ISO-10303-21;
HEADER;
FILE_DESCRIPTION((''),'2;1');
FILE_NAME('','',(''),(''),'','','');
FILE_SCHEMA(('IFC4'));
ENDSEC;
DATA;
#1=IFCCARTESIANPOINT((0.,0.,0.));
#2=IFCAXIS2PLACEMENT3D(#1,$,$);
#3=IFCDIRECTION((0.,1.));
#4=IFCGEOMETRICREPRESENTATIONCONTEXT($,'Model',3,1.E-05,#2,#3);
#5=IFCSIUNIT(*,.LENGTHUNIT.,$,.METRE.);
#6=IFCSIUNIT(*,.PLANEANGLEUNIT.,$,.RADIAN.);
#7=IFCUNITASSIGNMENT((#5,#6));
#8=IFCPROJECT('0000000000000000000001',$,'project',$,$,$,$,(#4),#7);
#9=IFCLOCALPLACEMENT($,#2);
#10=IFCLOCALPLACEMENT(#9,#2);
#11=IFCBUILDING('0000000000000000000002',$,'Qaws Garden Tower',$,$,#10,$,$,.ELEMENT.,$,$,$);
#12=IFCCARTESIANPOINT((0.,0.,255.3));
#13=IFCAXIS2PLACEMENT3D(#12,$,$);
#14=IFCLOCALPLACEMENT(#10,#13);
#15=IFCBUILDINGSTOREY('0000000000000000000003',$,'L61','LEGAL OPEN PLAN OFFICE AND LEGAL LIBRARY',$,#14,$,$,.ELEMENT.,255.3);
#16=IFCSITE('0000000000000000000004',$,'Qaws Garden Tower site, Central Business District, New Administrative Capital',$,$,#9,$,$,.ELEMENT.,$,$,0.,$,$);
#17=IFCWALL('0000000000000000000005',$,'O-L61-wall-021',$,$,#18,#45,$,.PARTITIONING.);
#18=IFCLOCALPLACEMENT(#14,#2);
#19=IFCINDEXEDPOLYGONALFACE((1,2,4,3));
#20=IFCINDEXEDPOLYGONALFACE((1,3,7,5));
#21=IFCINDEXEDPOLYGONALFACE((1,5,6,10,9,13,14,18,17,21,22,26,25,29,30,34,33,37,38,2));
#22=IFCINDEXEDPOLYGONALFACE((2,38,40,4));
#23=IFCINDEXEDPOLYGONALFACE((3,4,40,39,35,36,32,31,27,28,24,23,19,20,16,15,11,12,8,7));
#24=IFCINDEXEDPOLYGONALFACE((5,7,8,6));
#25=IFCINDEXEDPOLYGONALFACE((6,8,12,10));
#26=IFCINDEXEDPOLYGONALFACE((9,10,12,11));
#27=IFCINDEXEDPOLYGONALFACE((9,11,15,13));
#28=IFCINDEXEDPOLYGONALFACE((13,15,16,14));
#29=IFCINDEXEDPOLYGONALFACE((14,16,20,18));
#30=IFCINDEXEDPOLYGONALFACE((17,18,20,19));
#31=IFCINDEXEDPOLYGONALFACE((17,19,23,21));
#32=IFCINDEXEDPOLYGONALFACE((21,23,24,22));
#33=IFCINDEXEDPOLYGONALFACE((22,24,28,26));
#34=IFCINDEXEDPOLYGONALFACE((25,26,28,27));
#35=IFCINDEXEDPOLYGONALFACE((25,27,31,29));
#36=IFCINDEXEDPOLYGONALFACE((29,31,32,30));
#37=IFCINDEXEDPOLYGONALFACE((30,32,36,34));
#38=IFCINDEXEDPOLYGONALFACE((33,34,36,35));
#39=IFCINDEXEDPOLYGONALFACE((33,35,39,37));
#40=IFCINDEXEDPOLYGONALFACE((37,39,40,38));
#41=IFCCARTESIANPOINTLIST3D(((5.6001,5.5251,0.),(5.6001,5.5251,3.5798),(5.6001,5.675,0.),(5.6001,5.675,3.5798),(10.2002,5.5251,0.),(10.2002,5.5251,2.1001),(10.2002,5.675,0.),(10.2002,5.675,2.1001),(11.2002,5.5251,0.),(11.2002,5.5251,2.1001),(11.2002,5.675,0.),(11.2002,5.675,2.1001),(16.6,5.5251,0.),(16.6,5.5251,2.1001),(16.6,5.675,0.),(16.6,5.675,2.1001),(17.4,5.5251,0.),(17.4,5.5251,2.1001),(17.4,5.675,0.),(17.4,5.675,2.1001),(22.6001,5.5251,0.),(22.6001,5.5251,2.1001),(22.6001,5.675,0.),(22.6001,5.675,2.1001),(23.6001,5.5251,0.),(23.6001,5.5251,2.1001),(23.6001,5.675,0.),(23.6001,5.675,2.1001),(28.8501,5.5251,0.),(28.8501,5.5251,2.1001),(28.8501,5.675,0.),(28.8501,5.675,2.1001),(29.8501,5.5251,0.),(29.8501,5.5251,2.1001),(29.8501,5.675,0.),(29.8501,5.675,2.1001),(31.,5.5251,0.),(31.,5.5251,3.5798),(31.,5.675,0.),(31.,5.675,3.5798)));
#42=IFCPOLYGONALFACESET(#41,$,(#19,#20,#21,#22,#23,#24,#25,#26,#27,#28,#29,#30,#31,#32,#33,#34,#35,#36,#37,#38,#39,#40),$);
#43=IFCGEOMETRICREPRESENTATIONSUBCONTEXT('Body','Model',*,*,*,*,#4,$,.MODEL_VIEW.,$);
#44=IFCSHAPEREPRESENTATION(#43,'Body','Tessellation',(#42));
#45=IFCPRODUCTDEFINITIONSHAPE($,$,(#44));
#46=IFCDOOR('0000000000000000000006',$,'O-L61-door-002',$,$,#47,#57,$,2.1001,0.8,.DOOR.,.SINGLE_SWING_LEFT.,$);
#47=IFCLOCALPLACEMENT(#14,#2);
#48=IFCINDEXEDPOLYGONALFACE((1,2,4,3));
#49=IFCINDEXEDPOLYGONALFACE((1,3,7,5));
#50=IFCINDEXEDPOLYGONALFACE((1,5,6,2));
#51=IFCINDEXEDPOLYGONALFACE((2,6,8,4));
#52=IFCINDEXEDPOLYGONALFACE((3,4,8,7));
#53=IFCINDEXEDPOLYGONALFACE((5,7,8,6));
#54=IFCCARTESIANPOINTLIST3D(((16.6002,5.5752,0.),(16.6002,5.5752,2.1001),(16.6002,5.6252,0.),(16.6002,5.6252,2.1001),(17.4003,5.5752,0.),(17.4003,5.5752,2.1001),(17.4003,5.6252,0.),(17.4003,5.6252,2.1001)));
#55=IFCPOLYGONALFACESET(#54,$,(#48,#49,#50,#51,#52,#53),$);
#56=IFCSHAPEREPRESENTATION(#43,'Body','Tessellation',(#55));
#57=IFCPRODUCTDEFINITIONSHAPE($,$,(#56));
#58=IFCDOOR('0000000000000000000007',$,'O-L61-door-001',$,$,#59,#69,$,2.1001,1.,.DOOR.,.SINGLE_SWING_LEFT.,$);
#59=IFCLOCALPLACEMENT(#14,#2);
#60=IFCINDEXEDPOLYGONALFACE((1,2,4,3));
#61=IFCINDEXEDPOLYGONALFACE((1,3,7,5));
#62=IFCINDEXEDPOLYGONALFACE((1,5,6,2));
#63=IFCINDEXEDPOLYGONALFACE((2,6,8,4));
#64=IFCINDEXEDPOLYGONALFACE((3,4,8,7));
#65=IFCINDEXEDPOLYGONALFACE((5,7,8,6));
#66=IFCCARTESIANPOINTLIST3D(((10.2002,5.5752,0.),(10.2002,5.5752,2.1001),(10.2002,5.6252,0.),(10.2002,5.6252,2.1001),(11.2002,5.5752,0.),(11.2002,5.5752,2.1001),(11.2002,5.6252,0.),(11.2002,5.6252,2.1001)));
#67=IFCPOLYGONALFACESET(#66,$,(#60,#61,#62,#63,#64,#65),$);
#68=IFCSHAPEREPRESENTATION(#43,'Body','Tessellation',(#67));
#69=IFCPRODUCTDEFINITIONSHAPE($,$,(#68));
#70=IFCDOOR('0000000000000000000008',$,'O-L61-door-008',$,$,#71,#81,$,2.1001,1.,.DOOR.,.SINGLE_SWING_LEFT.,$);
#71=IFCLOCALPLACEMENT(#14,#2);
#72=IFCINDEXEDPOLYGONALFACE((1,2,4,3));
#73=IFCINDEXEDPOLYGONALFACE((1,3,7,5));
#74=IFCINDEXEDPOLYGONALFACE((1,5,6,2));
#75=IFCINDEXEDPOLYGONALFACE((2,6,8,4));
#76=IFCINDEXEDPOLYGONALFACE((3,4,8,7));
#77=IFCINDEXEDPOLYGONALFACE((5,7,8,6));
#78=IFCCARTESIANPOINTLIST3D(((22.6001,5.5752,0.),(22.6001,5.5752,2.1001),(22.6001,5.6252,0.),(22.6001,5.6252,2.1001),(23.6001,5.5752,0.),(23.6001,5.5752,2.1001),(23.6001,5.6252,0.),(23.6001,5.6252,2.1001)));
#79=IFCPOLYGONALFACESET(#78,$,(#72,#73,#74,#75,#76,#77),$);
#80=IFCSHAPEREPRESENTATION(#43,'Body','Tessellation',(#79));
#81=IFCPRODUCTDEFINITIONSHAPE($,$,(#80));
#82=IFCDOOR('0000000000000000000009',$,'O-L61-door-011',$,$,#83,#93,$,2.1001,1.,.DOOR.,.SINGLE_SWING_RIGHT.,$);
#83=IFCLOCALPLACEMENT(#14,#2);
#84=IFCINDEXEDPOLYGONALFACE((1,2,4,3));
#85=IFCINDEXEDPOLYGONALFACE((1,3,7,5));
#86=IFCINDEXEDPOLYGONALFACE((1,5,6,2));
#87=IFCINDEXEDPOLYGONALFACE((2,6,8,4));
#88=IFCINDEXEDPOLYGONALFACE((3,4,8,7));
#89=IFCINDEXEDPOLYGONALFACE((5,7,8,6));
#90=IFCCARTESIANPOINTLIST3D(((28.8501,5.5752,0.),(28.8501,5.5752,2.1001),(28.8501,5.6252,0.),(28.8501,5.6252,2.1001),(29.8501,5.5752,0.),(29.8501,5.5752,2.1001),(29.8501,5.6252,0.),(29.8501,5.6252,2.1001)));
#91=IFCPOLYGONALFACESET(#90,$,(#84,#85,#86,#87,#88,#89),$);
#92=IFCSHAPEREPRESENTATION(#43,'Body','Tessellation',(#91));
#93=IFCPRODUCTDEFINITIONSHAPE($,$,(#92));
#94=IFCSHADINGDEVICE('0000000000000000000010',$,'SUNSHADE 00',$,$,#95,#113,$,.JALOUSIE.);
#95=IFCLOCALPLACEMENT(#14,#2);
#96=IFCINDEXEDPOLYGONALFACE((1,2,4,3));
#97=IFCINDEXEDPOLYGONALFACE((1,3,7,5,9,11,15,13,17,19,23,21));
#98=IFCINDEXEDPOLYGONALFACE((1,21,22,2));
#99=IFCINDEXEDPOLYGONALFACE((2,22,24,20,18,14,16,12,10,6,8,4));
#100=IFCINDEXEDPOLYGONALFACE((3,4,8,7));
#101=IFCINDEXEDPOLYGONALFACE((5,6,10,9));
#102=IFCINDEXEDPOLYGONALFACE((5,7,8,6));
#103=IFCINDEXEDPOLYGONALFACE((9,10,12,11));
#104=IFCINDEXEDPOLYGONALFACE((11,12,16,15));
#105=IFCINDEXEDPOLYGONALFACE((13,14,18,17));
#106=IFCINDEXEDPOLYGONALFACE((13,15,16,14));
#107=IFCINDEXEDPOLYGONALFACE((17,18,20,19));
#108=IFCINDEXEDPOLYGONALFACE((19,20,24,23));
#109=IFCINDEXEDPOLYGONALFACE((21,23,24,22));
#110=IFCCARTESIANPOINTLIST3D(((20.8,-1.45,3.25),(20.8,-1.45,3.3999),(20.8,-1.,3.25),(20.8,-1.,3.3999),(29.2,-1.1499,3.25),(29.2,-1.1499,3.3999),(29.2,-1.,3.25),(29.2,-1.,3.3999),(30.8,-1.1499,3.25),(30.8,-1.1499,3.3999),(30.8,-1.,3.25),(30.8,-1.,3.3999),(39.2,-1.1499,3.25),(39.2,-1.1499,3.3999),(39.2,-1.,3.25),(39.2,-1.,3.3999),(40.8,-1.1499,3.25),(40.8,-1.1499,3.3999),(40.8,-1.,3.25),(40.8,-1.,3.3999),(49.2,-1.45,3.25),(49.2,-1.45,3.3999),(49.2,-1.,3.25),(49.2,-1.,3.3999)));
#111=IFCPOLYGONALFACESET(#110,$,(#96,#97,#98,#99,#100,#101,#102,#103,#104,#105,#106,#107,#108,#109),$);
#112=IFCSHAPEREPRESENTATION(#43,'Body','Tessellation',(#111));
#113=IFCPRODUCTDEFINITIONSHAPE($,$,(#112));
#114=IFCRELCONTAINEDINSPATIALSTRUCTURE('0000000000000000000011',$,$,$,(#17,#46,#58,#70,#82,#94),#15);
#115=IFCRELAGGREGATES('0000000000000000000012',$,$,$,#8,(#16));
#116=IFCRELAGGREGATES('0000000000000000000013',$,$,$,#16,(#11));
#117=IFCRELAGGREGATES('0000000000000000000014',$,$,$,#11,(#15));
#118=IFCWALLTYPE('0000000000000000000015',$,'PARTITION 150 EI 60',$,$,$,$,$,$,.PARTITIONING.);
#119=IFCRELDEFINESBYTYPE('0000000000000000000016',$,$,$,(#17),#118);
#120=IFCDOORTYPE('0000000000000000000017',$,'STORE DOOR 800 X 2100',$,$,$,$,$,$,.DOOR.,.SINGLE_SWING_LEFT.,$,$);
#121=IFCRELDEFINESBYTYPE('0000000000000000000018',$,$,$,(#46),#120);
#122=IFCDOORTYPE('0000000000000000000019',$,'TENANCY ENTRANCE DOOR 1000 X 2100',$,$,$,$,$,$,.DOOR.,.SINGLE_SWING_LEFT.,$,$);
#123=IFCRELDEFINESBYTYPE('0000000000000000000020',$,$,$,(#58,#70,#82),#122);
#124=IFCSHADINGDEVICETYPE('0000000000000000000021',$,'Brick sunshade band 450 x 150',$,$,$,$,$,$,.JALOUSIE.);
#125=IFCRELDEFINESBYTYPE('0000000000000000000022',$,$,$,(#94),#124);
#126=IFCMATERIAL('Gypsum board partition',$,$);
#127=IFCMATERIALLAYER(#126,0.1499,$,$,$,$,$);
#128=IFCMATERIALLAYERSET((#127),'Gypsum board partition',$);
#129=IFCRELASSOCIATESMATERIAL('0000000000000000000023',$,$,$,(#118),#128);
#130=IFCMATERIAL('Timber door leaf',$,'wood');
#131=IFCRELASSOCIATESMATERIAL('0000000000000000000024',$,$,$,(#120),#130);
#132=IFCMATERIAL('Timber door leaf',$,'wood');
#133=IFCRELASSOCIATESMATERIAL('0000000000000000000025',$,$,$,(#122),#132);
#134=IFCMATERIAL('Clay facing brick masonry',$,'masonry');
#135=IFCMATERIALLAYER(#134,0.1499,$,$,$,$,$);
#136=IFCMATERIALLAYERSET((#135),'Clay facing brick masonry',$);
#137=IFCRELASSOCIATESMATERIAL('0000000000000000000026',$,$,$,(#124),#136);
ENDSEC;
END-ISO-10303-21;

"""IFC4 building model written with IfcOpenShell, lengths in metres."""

from ifc_helpers import new_model, si_unit, direction, frame, frame_2d, origin, place, context, subcontext, project, spatial, polyline, rectangle, outline, extrude, material, layer, layer_set, type_object, element, fill, save


model = new_model("IFC4")

# Units and contexts
model_context = context("Model", 3, precision=1e-05, world=origin(), true_north=direction((0.0, 1.0)))
body_context = subcontext(model_context, "Body", "Model", "MODEL_VIEW")
ifc_project = project(units=[si_unit("LENGTHUNIT", "METRE"), si_unit("PLANEANGLEUNIT", "RADIAN")], contexts=[model_context])

# Site, building, storey
site_placement = place(None, origin())
site = spatial("IfcSite", under=ifc_project, at=site_placement, Name="Qaws Garden Tower site, Central Business District, New Administrative Capital", CompositionType="ELEMENT", RefElevation=0.0)
building_placement = place(site_placement, origin())
building = spatial("IfcBuilding", under=site, at=building_placement, Name="Qaws Garden Tower", CompositionType="ELEMENT")
storey_placement = place(building_placement, frame((0.0, 0.0, 255.3)))
storey = spatial("IfcBuildingStorey", under=building, at=storey_placement, Name="L61", Description="LEGAL OPEN PLAN OFFICE AND LEGAL LIBRARY", CompositionType="ELEMENT", Elevation=255.3)

# Shared definitions
ifc_material_1 = material(Name="Gypsum board partition")
ifc_layer_1 = layer(ifc_material_1, 0.1499)
ifc_layer_set_1 = layer_set([ifc_layer_1], Name="Gypsum board partition")
wall_type_1 = type_object("IfcWallType", Name="PARTITION 150 EI 60", PredefinedType="PARTITIONING", material=ifc_layer_set_1)

# Wall, openings, doors
wall_1_placement = place(storey_placement, frame((5.6001, 5.6001, 0.0), z_axis=(0.0, 0.0, 1.0), x_axis=(1.0, 0.0, 0.0)))
wall_1 = element("IfcWall", 1, at=wall_1_placement, inside=storey, type_object=wall_type_1, Name="O-L61-wall-021", PredefinedType="PARTITIONING", context=body_context, shape_type="SweptSolid", body=[
    extrude(rectangle(XDim=25.3999, YDim=0.1499, at=frame_2d((12.7, 0.0))), origin(), (0.0, 0.0, 1.0), 3.5798),
])
opening_1_placement = place(wall_1_placement, frame((4.6001, 0.0, 0.0)))
opening_1 = element("IfcOpeningElement", 2, at=opening_1_placement, cuts=wall_1, PredefinedType="OPENING", context=body_context, shape_type="SweptSolid", body=[
    extrude(rectangle(XDim=1.0, YDim=2.1001, at=frame_2d((0.5, 1.05))), frame((0.0, 0.085, 0.0), z_axis=(0.0, -1.0, 0.0), x_axis=(1.0, 0.0, 0.0)), (0.0, 0.0, 1.0), 0.1699),
])
opening_2_placement = place(wall_1_placement, frame((11.0, 0.0, 0.0)))
opening_2 = element("IfcOpeningElement", 3, at=opening_2_placement, cuts=wall_1, PredefinedType="OPENING", context=body_context, shape_type="SweptSolid", body=[
    extrude(rectangle(XDim=0.8, YDim=2.1001, at=frame_2d((0.3999, 1.05))), frame((0.0, 0.085, 0.0), z_axis=(0.0, -1.0, 0.0), x_axis=(1.0, 0.0, 0.0)), (0.0, 0.0, 1.0), 0.1699),
])
opening_3_placement = place(wall_1_placement, frame((17.0, 0.0, 0.0)))
opening_3 = element("IfcOpeningElement", 4, at=opening_3_placement, cuts=wall_1, PredefinedType="OPENING", context=body_context, shape_type="SweptSolid", body=[
    extrude(rectangle(XDim=1.0, YDim=2.1001, at=frame_2d((0.5, 1.05))), frame((0.0, 0.085, 0.0), z_axis=(0.0, -1.0, 0.0), x_axis=(1.0, 0.0, 0.0)), (0.0, 0.0, 1.0), 0.1699),
])
opening_4_placement = place(wall_1_placement, frame((23.25, 0.0, 0.0)))
opening_4 = element("IfcOpeningElement", 5, at=opening_4_placement, cuts=wall_1, PredefinedType="OPENING", context=body_context, shape_type="SweptSolid", body=[
    extrude(rectangle(XDim=1.0, YDim=2.1001, at=frame_2d((0.5, 1.05))), frame((0.0, 0.085, 0.0), z_axis=(0.0, -1.0, 0.0), x_axis=(1.0, 0.0, 0.0)), (0.0, 0.0, 1.0), 0.1699),
])
ifc_material_2 = material(Name="Timber door leaf", Category="wood")
door_type_1 = type_object("IfcDoorType", Name="STORE DOOR 800 X 2100", OperationType="SINGLE_SWING_LEFT", PredefinedType="DOOR", material=ifc_material_2)
door_1_placement = place(opening_2_placement, frame((0.8, 0.0, 0.0), z_axis=(0.0, 0.0, 1.0), x_axis=(-1.0, 0.0, 0.0)))
door_1 = element("IfcDoor", 6, at=door_1_placement, inside=storey, type_object=door_type_1, Name="O-L61-door-002", OperationType="SINGLE_SWING_LEFT", OverallHeight=2.1001, OverallWidth=0.8, PredefinedType="DOOR", context=body_context, shape_type="SweptSolid", body=[
    extrude(rectangle(XDim=0.8, YDim=2.1001, at=frame_2d((0.3999, 1.05))), frame((0.0, 0.0249, 0.0), z_axis=(0.0, -1.0, 0.0), x_axis=(1.0, 0.0, 0.0)), (0.0, 0.0, 1.0), 0.05),
])
fill(opening_2, door_1)
ifc_material_3 = material(Name="Timber door leaf", Category="wood")
door_type_2 = type_object("IfcDoorType", Name="TENANCY ENTRANCE DOOR 1000 X 2100", OperationType="SINGLE_SWING_LEFT", PredefinedType="DOOR", material=ifc_material_3)
door_2_placement = place(opening_1_placement, frame((1.0, 0.0, 0.0), z_axis=(0.0, 0.0, 1.0), x_axis=(-1.0, 0.0, 0.0)))
door_2 = element("IfcDoor", 7, at=door_2_placement, inside=storey, type_object=door_type_2, Name="O-L61-door-001", OperationType="SINGLE_SWING_LEFT", OverallHeight=2.1001, OverallWidth=1.0, PredefinedType="DOOR", context=body_context, shape_type="SweptSolid", body=[
    extrude(rectangle(XDim=1.0, YDim=2.1001, at=frame_2d((0.5, 1.05))), frame((0.0, 0.0249, 0.0), z_axis=(0.0, -1.0, 0.0), x_axis=(1.0, 0.0, 0.0)), (0.0, 0.0, 1.0), 0.05),
])
fill(opening_1, door_2)
door_3_placement = place(opening_3_placement, frame((1.0, 0.0, 0.0), z_axis=(0.0, 0.0, 1.0), x_axis=(-1.0, 0.0, 0.0)))
door_3 = element("IfcDoor", 8, at=door_3_placement, inside=storey, type_object=door_type_2, Name="O-L61-door-008", OperationType="SINGLE_SWING_LEFT", OverallHeight=2.1001, OverallWidth=1.0, PredefinedType="DOOR", context=body_context, shape_type="SweptSolid", body=[
    extrude(rectangle(XDim=1.0, YDim=2.1001, at=frame_2d((0.5, 1.05))), frame((0.0, 0.0249, 0.0), z_axis=(0.0, -1.0, 0.0), x_axis=(1.0, 0.0, 0.0)), (0.0, 0.0, 1.0), 0.05),
])
fill(opening_3, door_3)
door_4_placement = place(opening_4_placement, frame((1.0, 0.0, 0.0), z_axis=(0.0, 0.0, 1.0), x_axis=(-1.0, 0.0, 0.0)))
door_4 = element("IfcDoor", 9, at=door_4_placement, inside=storey, type_object=door_type_2, Name="O-L61-door-011", OperationType="SINGLE_SWING_RIGHT", OverallHeight=2.1001, OverallWidth=1.0, PredefinedType="DOOR", context=body_context, shape_type="SweptSolid", body=[
    extrude(rectangle(XDim=1.0, YDim=2.1001, at=frame_2d((0.5, 1.05))), frame((0.0, 0.0249, 0.0), z_axis=(0.0, -1.0, 0.0), x_axis=(1.0, 0.0, 0.0)), (0.0, 0.0, 1.0), 0.05),
])
fill(opening_4, door_4)

# Shading device
ifc_material_4 = material(Name="Clay facing brick masonry", Category="masonry")
ifc_layer_2 = layer(ifc_material_4, 0.1499)
ifc_layer_set_2 = layer_set([ifc_layer_2], Name="Clay facing brick masonry")
shading_device_type = type_object("IfcShadingDeviceType", Name="Brick sunshade band 450 x 150", PredefinedType="JALOUSIE", material=ifc_layer_set_2)
shading_device_placement = place(storey_placement, frame((0.0, 0.0, 3.25)))
element("IfcShadingDevice", 10, at=shading_device_placement, inside=storey, type_object=shading_device_type, Name="SUNSHADE 00", PredefinedType="JALOUSIE", context=body_context, shape_type="SweptSolid", body=[
    extrude(outline(polyline([(20.8, -1.0), (20.8, -1.45), (49.2, -1.45), (49.2, -1.0), (40.8, -1.0), (40.8, -1.1499), (39.2, -1.1499), (39.2, -1.0), (30.8, -1.0), (30.8, -1.1499), (29.2, -1.1499), (29.2, -1.0), (20.8, -1.0)])), origin(), (0.0, 0.0, 1.0), 0.1499),
])

save(model, "model.ifc")
